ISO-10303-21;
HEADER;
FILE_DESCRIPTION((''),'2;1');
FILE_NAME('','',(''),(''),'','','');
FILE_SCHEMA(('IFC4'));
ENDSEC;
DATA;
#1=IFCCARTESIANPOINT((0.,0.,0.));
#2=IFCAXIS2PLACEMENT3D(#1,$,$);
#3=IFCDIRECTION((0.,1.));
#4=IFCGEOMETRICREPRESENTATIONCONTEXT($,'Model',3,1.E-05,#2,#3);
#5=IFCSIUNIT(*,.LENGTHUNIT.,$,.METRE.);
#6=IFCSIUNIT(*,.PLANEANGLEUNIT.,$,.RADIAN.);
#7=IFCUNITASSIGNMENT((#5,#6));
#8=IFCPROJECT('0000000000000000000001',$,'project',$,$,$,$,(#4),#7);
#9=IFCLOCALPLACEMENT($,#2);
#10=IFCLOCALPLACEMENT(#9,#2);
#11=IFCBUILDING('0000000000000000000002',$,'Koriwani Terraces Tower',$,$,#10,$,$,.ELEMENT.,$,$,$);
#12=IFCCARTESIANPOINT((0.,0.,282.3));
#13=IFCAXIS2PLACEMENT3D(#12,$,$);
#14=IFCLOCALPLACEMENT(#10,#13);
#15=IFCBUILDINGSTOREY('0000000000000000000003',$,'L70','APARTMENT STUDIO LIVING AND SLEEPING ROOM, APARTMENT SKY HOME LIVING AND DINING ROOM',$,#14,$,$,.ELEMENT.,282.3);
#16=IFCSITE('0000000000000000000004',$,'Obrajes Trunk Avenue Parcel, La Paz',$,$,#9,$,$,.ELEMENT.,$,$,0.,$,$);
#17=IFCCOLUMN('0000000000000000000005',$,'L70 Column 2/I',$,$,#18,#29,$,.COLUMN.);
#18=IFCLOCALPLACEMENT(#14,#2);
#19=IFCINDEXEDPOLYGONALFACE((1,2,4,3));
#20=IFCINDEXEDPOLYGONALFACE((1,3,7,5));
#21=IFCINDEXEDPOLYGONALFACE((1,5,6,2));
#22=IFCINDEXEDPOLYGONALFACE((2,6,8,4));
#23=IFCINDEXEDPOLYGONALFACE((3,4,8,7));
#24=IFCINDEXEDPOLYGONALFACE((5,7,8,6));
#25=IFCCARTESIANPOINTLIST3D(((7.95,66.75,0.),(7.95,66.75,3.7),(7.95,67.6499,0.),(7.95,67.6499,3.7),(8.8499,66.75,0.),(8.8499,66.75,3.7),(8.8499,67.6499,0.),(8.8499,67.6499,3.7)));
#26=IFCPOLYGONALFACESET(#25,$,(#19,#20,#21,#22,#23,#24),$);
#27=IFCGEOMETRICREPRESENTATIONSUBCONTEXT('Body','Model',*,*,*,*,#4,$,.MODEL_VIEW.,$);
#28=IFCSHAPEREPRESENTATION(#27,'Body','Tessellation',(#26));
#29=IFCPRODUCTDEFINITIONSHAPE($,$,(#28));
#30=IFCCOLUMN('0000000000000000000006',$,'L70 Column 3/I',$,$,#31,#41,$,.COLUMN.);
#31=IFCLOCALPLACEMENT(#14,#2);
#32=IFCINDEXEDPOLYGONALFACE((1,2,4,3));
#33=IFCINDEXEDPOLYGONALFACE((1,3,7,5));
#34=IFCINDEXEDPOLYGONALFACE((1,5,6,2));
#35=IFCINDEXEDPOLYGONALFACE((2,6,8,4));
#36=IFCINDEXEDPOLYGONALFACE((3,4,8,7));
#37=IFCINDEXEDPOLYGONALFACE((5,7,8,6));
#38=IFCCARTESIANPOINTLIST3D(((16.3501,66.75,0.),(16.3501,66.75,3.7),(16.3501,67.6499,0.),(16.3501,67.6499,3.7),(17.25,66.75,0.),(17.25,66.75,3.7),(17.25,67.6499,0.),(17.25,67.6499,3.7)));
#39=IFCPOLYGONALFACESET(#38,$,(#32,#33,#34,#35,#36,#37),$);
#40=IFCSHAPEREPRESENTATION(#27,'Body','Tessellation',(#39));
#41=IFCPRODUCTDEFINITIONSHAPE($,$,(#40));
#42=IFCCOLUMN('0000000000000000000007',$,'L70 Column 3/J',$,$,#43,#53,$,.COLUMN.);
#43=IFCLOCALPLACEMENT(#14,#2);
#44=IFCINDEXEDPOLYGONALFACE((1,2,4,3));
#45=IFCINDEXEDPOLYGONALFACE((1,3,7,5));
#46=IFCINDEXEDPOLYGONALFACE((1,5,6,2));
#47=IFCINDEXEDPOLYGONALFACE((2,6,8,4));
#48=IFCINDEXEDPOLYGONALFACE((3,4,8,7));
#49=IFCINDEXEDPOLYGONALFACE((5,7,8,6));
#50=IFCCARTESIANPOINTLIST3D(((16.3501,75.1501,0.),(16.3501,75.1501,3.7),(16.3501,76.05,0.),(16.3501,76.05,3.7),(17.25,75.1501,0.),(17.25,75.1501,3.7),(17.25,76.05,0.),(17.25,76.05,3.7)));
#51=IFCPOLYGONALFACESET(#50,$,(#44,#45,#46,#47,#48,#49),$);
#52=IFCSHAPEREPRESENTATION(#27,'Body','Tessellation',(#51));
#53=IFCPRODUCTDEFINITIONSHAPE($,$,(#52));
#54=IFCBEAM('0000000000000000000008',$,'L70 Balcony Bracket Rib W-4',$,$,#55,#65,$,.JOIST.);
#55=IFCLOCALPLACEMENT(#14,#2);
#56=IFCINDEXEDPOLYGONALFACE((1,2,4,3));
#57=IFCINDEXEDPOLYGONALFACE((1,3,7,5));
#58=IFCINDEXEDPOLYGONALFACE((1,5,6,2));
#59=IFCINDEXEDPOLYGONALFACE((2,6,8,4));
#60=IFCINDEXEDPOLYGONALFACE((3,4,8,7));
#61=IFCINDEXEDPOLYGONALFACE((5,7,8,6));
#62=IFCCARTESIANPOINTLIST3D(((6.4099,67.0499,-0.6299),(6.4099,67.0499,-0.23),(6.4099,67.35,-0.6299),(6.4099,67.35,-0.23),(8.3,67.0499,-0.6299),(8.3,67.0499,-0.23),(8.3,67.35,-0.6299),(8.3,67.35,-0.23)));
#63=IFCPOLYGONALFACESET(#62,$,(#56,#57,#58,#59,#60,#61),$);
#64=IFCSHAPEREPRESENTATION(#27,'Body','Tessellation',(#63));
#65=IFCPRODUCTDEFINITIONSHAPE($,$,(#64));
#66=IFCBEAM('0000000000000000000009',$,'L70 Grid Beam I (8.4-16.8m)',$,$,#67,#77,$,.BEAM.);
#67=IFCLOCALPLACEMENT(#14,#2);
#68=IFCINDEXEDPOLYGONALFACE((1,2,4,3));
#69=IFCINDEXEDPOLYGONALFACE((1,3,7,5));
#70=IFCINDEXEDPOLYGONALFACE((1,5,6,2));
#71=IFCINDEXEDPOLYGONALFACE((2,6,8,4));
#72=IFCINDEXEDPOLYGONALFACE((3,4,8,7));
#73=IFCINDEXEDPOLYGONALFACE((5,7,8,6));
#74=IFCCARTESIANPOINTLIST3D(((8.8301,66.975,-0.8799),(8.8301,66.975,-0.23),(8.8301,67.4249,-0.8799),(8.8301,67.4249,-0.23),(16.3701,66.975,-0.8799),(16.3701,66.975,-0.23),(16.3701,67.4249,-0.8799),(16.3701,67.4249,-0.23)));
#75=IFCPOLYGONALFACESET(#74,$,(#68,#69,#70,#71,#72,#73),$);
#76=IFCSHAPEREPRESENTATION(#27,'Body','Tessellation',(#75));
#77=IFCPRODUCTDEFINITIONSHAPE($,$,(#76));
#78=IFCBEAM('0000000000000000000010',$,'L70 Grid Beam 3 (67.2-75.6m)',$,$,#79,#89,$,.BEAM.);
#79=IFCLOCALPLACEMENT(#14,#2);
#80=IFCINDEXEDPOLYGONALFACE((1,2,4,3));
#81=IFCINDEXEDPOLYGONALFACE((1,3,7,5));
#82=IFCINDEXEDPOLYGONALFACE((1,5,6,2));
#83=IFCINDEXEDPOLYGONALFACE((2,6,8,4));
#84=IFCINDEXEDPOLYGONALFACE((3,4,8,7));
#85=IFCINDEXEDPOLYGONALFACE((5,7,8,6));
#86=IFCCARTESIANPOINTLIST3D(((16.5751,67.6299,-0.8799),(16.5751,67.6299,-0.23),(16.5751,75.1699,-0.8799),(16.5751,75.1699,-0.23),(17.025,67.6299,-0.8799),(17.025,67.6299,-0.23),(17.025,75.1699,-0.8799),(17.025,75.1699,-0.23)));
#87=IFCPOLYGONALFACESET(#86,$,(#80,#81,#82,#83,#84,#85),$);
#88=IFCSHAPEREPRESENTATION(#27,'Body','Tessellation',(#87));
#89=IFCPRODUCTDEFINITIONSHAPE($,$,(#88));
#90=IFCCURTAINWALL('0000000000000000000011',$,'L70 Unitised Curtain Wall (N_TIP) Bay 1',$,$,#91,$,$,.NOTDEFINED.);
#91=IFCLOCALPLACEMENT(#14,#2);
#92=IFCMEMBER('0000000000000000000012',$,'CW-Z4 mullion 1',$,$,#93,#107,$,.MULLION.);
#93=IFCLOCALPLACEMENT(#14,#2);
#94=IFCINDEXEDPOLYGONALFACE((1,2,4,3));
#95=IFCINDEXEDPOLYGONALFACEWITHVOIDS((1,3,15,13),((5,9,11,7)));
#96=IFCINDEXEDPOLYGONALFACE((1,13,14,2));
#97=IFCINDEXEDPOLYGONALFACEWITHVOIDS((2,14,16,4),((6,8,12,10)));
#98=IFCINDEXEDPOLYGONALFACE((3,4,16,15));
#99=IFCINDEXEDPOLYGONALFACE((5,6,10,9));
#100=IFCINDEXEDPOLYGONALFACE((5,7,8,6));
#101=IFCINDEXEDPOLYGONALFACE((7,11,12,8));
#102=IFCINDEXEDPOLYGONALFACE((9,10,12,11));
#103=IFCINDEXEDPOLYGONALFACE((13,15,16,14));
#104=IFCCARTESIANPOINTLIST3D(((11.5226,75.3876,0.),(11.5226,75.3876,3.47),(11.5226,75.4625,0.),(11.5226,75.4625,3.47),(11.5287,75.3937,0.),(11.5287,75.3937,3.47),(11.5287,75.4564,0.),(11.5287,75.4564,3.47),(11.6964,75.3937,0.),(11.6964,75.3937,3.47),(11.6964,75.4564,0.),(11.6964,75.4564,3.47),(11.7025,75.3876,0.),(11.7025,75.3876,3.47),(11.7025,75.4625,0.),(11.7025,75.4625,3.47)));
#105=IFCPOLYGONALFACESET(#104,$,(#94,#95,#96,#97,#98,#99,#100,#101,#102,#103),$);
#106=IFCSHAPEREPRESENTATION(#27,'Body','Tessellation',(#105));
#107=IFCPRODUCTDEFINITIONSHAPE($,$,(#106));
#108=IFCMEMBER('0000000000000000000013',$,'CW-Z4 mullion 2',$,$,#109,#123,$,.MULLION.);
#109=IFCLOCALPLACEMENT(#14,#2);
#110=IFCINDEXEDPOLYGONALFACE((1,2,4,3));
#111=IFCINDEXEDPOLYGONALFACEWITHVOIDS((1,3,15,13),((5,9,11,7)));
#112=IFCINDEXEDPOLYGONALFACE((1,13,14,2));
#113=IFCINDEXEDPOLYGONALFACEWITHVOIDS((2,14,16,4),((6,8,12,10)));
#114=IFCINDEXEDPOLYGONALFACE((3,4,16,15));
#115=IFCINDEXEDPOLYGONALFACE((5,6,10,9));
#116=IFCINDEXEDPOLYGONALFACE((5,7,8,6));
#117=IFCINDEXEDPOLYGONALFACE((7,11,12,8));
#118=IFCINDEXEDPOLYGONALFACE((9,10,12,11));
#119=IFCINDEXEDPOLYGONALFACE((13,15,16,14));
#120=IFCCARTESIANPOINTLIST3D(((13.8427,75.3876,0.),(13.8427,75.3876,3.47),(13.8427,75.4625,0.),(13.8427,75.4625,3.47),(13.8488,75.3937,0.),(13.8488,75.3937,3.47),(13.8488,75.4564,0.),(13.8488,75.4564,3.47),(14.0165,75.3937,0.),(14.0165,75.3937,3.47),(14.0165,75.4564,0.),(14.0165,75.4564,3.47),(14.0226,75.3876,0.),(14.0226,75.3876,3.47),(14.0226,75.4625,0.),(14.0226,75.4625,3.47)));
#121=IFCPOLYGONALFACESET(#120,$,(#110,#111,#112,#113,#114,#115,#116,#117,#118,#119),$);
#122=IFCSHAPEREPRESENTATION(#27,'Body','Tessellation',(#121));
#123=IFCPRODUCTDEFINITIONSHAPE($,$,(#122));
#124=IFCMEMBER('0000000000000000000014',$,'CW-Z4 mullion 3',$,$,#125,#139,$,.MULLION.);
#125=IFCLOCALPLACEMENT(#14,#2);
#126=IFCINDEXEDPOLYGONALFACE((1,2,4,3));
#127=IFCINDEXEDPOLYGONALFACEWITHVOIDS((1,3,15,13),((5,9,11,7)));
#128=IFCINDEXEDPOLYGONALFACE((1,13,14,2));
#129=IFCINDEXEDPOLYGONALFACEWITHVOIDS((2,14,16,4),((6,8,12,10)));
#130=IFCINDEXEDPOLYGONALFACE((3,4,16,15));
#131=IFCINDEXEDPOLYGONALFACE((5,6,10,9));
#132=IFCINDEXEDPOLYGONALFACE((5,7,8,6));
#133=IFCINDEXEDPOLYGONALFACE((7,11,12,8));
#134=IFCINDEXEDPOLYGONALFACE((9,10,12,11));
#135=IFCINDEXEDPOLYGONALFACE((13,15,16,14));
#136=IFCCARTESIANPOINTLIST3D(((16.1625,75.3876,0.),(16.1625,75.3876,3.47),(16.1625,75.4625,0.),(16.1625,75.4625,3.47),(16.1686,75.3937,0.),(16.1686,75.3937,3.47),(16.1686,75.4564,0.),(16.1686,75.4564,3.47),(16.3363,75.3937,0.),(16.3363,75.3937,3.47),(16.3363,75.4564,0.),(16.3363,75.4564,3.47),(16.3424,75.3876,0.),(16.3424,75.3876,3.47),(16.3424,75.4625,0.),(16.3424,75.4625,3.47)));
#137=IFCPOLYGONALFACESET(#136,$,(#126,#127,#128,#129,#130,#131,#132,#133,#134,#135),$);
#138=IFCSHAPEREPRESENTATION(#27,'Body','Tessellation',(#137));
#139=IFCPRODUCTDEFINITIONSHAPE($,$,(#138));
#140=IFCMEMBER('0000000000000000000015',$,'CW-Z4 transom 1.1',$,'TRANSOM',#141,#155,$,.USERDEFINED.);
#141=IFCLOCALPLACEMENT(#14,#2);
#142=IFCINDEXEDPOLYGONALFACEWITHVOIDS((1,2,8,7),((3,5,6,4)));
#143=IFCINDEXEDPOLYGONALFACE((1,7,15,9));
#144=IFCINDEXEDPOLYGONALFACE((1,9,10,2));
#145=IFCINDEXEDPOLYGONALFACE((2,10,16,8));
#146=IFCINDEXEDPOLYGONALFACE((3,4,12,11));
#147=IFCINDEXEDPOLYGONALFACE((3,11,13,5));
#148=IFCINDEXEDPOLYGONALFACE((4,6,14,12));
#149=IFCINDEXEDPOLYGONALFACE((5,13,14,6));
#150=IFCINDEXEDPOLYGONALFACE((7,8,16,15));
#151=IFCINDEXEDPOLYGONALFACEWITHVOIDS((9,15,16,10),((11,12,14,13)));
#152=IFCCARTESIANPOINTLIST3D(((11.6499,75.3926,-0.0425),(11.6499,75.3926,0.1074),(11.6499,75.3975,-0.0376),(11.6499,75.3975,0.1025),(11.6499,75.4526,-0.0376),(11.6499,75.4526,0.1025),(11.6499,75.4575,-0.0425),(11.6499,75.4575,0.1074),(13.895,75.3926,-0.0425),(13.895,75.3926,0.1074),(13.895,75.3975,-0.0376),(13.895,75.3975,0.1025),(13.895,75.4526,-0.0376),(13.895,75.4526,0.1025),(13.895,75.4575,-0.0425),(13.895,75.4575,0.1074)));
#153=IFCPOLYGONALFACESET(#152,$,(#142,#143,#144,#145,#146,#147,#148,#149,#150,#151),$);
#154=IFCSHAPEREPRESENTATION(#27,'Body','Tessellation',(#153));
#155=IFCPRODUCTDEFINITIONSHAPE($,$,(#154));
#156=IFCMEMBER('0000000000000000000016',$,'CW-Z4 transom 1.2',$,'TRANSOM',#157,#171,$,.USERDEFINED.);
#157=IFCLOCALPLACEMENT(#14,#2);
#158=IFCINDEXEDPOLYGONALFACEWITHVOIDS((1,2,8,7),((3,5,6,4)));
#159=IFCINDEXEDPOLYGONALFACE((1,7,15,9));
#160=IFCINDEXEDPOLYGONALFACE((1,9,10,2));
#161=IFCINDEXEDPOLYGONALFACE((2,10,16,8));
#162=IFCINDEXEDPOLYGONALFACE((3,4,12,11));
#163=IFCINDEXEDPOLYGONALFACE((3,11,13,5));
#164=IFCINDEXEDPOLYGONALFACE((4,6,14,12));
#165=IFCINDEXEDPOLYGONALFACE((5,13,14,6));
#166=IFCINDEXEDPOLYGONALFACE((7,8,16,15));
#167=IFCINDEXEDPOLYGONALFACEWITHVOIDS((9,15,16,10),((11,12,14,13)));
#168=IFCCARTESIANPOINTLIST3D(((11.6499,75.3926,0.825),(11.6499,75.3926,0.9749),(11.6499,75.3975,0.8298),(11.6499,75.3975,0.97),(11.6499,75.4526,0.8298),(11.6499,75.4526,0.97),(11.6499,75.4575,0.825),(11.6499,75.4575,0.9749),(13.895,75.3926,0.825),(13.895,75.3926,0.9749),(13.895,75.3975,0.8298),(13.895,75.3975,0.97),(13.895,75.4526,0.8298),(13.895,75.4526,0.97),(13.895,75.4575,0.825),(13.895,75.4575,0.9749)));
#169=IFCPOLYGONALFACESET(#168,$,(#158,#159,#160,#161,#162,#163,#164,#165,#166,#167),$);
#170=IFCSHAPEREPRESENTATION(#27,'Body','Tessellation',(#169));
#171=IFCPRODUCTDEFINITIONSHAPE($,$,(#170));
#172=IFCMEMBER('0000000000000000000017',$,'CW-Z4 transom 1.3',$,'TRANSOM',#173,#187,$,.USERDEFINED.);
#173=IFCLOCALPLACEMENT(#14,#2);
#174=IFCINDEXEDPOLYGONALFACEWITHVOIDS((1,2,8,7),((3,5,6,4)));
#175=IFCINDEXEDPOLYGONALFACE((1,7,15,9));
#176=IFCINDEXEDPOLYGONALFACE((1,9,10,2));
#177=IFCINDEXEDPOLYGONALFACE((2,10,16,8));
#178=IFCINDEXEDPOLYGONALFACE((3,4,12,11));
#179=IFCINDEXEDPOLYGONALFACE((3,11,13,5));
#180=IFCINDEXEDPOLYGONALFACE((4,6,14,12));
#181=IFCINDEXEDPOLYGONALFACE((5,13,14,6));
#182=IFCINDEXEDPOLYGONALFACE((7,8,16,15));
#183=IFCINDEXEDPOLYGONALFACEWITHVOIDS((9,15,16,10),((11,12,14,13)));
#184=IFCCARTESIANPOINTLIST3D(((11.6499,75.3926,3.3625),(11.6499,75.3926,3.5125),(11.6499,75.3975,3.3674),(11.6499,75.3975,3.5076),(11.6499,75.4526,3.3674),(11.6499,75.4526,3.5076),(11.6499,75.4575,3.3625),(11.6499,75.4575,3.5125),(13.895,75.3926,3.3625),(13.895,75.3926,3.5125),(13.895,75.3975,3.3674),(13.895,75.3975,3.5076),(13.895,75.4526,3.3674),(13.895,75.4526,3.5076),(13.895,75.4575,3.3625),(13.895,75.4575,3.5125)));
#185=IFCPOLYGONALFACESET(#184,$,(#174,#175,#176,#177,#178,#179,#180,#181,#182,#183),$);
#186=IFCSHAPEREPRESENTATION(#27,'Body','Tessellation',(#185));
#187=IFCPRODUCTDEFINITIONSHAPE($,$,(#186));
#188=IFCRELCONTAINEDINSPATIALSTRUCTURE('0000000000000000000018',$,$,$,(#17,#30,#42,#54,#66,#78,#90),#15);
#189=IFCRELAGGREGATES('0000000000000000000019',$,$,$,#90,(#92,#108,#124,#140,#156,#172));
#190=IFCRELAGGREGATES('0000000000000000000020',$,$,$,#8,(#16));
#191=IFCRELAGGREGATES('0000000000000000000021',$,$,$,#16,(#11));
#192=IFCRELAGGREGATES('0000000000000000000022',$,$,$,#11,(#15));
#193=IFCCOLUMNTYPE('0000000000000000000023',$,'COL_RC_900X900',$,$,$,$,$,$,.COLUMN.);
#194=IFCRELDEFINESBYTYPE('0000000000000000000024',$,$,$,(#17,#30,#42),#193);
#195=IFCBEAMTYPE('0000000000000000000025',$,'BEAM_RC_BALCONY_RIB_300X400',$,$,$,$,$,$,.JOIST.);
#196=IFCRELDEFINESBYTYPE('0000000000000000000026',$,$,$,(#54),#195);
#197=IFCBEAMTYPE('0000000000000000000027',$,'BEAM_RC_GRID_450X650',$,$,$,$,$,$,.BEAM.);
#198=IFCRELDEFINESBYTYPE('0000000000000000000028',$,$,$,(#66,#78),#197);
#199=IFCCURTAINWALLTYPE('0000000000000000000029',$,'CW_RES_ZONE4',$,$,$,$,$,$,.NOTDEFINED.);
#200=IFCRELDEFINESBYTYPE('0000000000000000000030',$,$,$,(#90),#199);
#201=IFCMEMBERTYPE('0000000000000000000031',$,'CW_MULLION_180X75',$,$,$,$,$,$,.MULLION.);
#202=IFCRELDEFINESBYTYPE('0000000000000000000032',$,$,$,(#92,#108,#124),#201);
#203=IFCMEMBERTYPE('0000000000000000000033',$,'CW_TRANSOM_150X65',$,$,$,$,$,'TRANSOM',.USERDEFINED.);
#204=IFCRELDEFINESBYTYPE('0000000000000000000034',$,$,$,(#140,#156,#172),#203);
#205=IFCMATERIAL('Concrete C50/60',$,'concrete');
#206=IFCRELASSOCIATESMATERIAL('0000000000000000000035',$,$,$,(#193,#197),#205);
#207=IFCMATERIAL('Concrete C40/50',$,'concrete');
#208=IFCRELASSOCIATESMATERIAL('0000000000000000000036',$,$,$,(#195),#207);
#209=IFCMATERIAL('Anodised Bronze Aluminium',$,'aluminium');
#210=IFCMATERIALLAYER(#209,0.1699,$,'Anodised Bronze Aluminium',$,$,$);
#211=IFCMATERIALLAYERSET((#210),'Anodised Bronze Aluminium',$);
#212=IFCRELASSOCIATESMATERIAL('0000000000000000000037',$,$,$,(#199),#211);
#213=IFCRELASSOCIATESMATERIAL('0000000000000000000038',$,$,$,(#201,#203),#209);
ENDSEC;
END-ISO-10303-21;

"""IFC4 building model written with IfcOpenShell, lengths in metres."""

from ifc_helpers import new_model, si_unit, direction, frame, origin, origin_2d, place, context, subcontext, project, spatial, rectangle, hollow_rectangle, extrude, material, layer, layer_set, material_profile, profile_set, type_object, element, aggregate, save


model = new_model("IFC4")

# Units and contexts
model_context = context("Model", 3, precision=1e-05, world=origin(), true_north=direction((0.0, 1.0)))
body_context = subcontext(model_context, "Body", "Model", "MODEL_VIEW")
ifc_project = project(units=[si_unit("LENGTHUNIT", "METRE"), si_unit("PLANEANGLEUNIT", "RADIAN")], contexts=[model_context])

# Site, building, storey
site_placement = place(None, origin())
site = spatial("IfcSite", under=ifc_project, at=site_placement, Name="Obrajes Trunk Avenue Parcel, La Paz", CompositionType="ELEMENT", RefElevation=0.0)
building_placement = place(site_placement, origin())
building = spatial("IfcBuilding", under=site, at=building_placement, Name="Koriwani Terraces Tower", CompositionType="ELEMENT")
storey_placement = place(building_placement, frame((0.0, 0.0, 282.3)))
storey = spatial("IfcBuildingStorey", under=building, at=storey_placement, Name="L70", Description="APARTMENT STUDIO LIVING AND SLEEPING ROOM, APARTMENT SKY HOME LIVING AND DINING ROOM", CompositionType="ELEMENT", Elevation=282.3)

# Columns
ifc_material_1 = material(Name="Concrete C50/60", Category="concrete")
ifc_material_profile_1 = material_profile(ifc_material_1, rectangle(XDim=0.8999, YDim=0.8999, at=origin_2d()), Name="Concrete C50/60", Category="LoadBearing")
ifc_profile_set_1 = profile_set([ifc_material_profile_1], Name="Concrete C50/60")
column_type = type_object("IfcColumnType", Name="COL_RC_900X900", PredefinedType="COLUMN", material=ifc_profile_set_1)
for number, where, z_axis, x_axis, name in (
    (1, (8.3999, 67.2, 0.0), (0.0, 0.0, 1.0), (1.0, 0.0, 0.0), "L70 Column 2/I"),
    (2, (16.8, 67.2, 0.0), (0.0, 0.0, 1.0), (1.0, 0.0, 0.0), "L70 Column 3/I"),
    (3, (16.8, 75.6001, 0.0), (0.0, 0.0, 1.0), (1.0, 0.0, 0.0), "L70 Column 3/J"),
):
    element("IfcColumn", number, at=place(storey_placement, frame(where, z_axis=z_axis, x_axis=x_axis)), inside=storey, type_object=column_type, Name=name, PredefinedType="COLUMN", context=body_context, shape_type="SweptSolid", body=[
        extrude(rectangle(XDim=0.8999, YDim=0.8999, at=origin_2d()), origin(), (0.0, 0.0, 1.0), 3.7),
    ])

# Beams
ifc_material_2 = material(Name="Concrete C40/50", Category="concrete")
ifc_material_profile_2 = material_profile(ifc_material_2, rectangle(XDim=0.3, YDim=0.3999, at=origin_2d()), Name="Concrete C40/50", Category="LoadBearing")
ifc_profile_set_2 = profile_set([ifc_material_profile_2], Name="Concrete C40/50")
beam_type_1 = type_object("IfcBeamType", Name="BEAM_RC_BALCONY_RIB_300X400", PredefinedType="JOIST", material=ifc_profile_set_2)
beam_1_placement = place(storey_placement, frame((6.4099, 67.2, -0.4299), z_axis=(1.0, 0.0, 0.0), x_axis=(0.0, 1.0, 0.0)))
element("IfcBeam", 4, at=beam_1_placement, inside=storey, type_object=beam_type_1, Name="L70 Balcony Bracket Rib W-4", PredefinedType="JOIST", context=body_context, shape_type="SweptSolid", body=[
    extrude(rectangle(XDim=0.3, YDim=0.3999, at=origin_2d()), origin(), (0.0, 0.0, 1.0), 1.8901),
])
ifc_material_profile_3 = material_profile(ifc_material_1, rectangle(XDim=0.45, YDim=0.6499, at=origin_2d()), Name="Concrete C50/60", Category="LoadBearing")
ifc_profile_set_3 = profile_set([ifc_material_profile_3], Name="Concrete C50/60")
beam_type_2 = type_object("IfcBeamType", Name="BEAM_RC_GRID_450X650", PredefinedType="BEAM", material=ifc_profile_set_3)
for number, where, z_axis, x_axis, name in (
    (5, (8.8301, 67.2, -0.5549), (1.0, 0.0, 0.0), (0.0, 1.0, 0.0), "L70 Grid Beam I (8.4-16.8m)"),
    (6, (16.8, 67.6299, -0.5549), (0.0, 1.0, 0.0), (-1.0, 0.0, 0.0), "L70 Grid Beam 3 (67.2-75.6m)"),
):
    element("IfcBeam", number, at=place(storey_placement, frame(where, z_axis=z_axis, x_axis=x_axis)), inside=storey, type_object=beam_type_2, Name=name, PredefinedType="BEAM", context=body_context, shape_type="SweptSolid", body=[
        extrude(rectangle(XDim=0.45, YDim=0.6499, at=origin_2d()), origin(), (0.0, 0.0, 1.0), 7.54),
    ])

# Curtain wall, members
ifc_material_3 = material(Name="Anodised Bronze Aluminium", Category="aluminium")
ifc_layer_1 = layer(ifc_material_3, 0.1699, Name="Anodised Bronze Aluminium")
ifc_layer_set_1 = layer_set([ifc_layer_1], Name="Anodised Bronze Aluminium")
curtain_wall_type = type_object("IfcCurtainWallType", Name="CW_RES_ZONE4", PredefinedType="NOTDEFINED", material=ifc_layer_set_1)
curtain_wall_placement = place(storey_placement, origin())
curtain_wall = element("IfcCurtainWall", 7, at=curtain_wall_placement, inside=storey, type_object=curtain_wall_type, Name="L70 Unitised Curtain Wall (N_TIP) Bay 1", PredefinedType="NOTDEFINED")
ifc_material_profile_4 = material_profile(ifc_material_3, hollow_rectangle(XDim=0.075, YDim=0.1799, WallThickness=0.0061, at=origin_2d()), Name="Anodised Bronze Aluminium", Category="LoadBearing")
ifc_profile_set_4 = profile_set([ifc_material_profile_4], Name="Anodised Bronze Aluminium")
member_type_1 = type_object("IfcMemberType", Name="CW_MULLION_180X75", PredefinedType="MULLION", material=ifc_profile_set_4)
member_1_placement = place(storey_placement, frame((11.6125, 75.425, 0.0), z_axis=(0.0, 0.0, 1.0), x_axis=(0.0, 1.0, 0.0)))
member_1 = element("IfcMember", 8, at=member_1_placement, type_object=member_type_1, Name="CW-Z4 mullion 1", PredefinedType="MULLION", context=body_context, shape_type="SweptSolid", body=[
    extrude(hollow_rectangle(XDim=0.075, YDim=0.1799, WallThickness=0.0061, at=origin_2d()), origin(), (0.0, 0.0, 1.0), 3.47),
])
member_2_placement = place(storey_placement, frame((13.9326, 75.425, 0.0), z_axis=(0.0, 0.0, 1.0), x_axis=(0.0, 1.0, 0.0)))
member_2 = element("IfcMember", 9, at=member_2_placement, type_object=member_type_1, Name="CW-Z4 mullion 2", PredefinedType="MULLION", context=body_context, shape_type="SweptSolid", body=[
    extrude(hollow_rectangle(XDim=0.075, YDim=0.1799, WallThickness=0.0061, at=origin_2d()), origin(), (0.0, 0.0, 1.0), 3.47),
])
member_3_placement = place(storey_placement, frame((16.2524, 75.425, 0.0), z_axis=(0.0, 0.0, 1.0), x_axis=(0.0, 1.0, 0.0)))
member_3 = element("IfcMember", 10, at=member_3_placement, type_object=member_type_1, Name="CW-Z4 mullion 3", PredefinedType="MULLION", context=body_context, shape_type="SweptSolid", body=[
    extrude(hollow_rectangle(XDim=0.075, YDim=0.1799, WallThickness=0.0061, at=origin_2d()), origin(), (0.0, 0.0, 1.0), 3.47),
])
ifc_material_profile_5 = material_profile(ifc_material_3, hollow_rectangle(XDim=0.0649, YDim=0.1499, WallThickness=0.0049, at=origin_2d()), Name="Anodised Bronze Aluminium", Category="LoadBearing")
ifc_profile_set_5 = profile_set([ifc_material_profile_5], Name="Anodised Bronze Aluminium")
member_type_2 = type_object("IfcMemberType", Name="CW_TRANSOM_150X65", ElementType="TRANSOM", PredefinedType="USERDEFINED", material=ifc_profile_set_5)
member_4_placement = place(storey_placement, frame((11.6499, 75.425, 0.0325), z_axis=(1.0, 0.0, 0.0), x_axis=(0.0, 1.0, 0.0)))
member_4 = element("IfcMember", 11, at=member_4_placement, type_object=member_type_2, Name="CW-Z4 transom 1.1", ObjectType="TRANSOM", PredefinedType="USERDEFINED", context=body_context, shape_type="SweptSolid", body=[
    extrude(hollow_rectangle(XDim=0.0649, YDim=0.1499, WallThickness=0.0049, at=origin_2d()), origin(), (0.0, 0.0, 1.0), 2.2451),
])
member_5_placement = place(storey_placement, frame((11.6499, 75.425, 0.8999), z_axis=(1.0, 0.0, 0.0), x_axis=(0.0, 1.0, 0.0)))
member_5 = element("IfcMember", 12, at=member_5_placement, type_object=member_type_2, Name="CW-Z4 transom 1.2", ObjectType="TRANSOM", PredefinedType="USERDEFINED", context=body_context, shape_type="SweptSolid", body=[
    extrude(hollow_rectangle(XDim=0.0649, YDim=0.1499, WallThickness=0.0049, at=origin_2d()), origin(), (0.0, 0.0, 1.0), 2.2451),
])
member_6_placement = place(storey_placement, frame((11.6499, 75.425, 3.4375), z_axis=(1.0, 0.0, 0.0), x_axis=(0.0, 1.0, 0.0)))
member_6 = element("IfcMember", 13, at=member_6_placement, type_object=member_type_2, Name="CW-Z4 transom 1.3", ObjectType="TRANSOM", PredefinedType="USERDEFINED", context=body_context, shape_type="SweptSolid", body=[
    extrude(hollow_rectangle(XDim=0.0649, YDim=0.1499, WallThickness=0.0049, at=origin_2d()), origin(), (0.0, 0.0, 1.0), 2.2451),
])

aggregate(curtain_wall, [member_1, member_2, member_3, member_4, member_5, member_6])

save(model, "model.ifc")
